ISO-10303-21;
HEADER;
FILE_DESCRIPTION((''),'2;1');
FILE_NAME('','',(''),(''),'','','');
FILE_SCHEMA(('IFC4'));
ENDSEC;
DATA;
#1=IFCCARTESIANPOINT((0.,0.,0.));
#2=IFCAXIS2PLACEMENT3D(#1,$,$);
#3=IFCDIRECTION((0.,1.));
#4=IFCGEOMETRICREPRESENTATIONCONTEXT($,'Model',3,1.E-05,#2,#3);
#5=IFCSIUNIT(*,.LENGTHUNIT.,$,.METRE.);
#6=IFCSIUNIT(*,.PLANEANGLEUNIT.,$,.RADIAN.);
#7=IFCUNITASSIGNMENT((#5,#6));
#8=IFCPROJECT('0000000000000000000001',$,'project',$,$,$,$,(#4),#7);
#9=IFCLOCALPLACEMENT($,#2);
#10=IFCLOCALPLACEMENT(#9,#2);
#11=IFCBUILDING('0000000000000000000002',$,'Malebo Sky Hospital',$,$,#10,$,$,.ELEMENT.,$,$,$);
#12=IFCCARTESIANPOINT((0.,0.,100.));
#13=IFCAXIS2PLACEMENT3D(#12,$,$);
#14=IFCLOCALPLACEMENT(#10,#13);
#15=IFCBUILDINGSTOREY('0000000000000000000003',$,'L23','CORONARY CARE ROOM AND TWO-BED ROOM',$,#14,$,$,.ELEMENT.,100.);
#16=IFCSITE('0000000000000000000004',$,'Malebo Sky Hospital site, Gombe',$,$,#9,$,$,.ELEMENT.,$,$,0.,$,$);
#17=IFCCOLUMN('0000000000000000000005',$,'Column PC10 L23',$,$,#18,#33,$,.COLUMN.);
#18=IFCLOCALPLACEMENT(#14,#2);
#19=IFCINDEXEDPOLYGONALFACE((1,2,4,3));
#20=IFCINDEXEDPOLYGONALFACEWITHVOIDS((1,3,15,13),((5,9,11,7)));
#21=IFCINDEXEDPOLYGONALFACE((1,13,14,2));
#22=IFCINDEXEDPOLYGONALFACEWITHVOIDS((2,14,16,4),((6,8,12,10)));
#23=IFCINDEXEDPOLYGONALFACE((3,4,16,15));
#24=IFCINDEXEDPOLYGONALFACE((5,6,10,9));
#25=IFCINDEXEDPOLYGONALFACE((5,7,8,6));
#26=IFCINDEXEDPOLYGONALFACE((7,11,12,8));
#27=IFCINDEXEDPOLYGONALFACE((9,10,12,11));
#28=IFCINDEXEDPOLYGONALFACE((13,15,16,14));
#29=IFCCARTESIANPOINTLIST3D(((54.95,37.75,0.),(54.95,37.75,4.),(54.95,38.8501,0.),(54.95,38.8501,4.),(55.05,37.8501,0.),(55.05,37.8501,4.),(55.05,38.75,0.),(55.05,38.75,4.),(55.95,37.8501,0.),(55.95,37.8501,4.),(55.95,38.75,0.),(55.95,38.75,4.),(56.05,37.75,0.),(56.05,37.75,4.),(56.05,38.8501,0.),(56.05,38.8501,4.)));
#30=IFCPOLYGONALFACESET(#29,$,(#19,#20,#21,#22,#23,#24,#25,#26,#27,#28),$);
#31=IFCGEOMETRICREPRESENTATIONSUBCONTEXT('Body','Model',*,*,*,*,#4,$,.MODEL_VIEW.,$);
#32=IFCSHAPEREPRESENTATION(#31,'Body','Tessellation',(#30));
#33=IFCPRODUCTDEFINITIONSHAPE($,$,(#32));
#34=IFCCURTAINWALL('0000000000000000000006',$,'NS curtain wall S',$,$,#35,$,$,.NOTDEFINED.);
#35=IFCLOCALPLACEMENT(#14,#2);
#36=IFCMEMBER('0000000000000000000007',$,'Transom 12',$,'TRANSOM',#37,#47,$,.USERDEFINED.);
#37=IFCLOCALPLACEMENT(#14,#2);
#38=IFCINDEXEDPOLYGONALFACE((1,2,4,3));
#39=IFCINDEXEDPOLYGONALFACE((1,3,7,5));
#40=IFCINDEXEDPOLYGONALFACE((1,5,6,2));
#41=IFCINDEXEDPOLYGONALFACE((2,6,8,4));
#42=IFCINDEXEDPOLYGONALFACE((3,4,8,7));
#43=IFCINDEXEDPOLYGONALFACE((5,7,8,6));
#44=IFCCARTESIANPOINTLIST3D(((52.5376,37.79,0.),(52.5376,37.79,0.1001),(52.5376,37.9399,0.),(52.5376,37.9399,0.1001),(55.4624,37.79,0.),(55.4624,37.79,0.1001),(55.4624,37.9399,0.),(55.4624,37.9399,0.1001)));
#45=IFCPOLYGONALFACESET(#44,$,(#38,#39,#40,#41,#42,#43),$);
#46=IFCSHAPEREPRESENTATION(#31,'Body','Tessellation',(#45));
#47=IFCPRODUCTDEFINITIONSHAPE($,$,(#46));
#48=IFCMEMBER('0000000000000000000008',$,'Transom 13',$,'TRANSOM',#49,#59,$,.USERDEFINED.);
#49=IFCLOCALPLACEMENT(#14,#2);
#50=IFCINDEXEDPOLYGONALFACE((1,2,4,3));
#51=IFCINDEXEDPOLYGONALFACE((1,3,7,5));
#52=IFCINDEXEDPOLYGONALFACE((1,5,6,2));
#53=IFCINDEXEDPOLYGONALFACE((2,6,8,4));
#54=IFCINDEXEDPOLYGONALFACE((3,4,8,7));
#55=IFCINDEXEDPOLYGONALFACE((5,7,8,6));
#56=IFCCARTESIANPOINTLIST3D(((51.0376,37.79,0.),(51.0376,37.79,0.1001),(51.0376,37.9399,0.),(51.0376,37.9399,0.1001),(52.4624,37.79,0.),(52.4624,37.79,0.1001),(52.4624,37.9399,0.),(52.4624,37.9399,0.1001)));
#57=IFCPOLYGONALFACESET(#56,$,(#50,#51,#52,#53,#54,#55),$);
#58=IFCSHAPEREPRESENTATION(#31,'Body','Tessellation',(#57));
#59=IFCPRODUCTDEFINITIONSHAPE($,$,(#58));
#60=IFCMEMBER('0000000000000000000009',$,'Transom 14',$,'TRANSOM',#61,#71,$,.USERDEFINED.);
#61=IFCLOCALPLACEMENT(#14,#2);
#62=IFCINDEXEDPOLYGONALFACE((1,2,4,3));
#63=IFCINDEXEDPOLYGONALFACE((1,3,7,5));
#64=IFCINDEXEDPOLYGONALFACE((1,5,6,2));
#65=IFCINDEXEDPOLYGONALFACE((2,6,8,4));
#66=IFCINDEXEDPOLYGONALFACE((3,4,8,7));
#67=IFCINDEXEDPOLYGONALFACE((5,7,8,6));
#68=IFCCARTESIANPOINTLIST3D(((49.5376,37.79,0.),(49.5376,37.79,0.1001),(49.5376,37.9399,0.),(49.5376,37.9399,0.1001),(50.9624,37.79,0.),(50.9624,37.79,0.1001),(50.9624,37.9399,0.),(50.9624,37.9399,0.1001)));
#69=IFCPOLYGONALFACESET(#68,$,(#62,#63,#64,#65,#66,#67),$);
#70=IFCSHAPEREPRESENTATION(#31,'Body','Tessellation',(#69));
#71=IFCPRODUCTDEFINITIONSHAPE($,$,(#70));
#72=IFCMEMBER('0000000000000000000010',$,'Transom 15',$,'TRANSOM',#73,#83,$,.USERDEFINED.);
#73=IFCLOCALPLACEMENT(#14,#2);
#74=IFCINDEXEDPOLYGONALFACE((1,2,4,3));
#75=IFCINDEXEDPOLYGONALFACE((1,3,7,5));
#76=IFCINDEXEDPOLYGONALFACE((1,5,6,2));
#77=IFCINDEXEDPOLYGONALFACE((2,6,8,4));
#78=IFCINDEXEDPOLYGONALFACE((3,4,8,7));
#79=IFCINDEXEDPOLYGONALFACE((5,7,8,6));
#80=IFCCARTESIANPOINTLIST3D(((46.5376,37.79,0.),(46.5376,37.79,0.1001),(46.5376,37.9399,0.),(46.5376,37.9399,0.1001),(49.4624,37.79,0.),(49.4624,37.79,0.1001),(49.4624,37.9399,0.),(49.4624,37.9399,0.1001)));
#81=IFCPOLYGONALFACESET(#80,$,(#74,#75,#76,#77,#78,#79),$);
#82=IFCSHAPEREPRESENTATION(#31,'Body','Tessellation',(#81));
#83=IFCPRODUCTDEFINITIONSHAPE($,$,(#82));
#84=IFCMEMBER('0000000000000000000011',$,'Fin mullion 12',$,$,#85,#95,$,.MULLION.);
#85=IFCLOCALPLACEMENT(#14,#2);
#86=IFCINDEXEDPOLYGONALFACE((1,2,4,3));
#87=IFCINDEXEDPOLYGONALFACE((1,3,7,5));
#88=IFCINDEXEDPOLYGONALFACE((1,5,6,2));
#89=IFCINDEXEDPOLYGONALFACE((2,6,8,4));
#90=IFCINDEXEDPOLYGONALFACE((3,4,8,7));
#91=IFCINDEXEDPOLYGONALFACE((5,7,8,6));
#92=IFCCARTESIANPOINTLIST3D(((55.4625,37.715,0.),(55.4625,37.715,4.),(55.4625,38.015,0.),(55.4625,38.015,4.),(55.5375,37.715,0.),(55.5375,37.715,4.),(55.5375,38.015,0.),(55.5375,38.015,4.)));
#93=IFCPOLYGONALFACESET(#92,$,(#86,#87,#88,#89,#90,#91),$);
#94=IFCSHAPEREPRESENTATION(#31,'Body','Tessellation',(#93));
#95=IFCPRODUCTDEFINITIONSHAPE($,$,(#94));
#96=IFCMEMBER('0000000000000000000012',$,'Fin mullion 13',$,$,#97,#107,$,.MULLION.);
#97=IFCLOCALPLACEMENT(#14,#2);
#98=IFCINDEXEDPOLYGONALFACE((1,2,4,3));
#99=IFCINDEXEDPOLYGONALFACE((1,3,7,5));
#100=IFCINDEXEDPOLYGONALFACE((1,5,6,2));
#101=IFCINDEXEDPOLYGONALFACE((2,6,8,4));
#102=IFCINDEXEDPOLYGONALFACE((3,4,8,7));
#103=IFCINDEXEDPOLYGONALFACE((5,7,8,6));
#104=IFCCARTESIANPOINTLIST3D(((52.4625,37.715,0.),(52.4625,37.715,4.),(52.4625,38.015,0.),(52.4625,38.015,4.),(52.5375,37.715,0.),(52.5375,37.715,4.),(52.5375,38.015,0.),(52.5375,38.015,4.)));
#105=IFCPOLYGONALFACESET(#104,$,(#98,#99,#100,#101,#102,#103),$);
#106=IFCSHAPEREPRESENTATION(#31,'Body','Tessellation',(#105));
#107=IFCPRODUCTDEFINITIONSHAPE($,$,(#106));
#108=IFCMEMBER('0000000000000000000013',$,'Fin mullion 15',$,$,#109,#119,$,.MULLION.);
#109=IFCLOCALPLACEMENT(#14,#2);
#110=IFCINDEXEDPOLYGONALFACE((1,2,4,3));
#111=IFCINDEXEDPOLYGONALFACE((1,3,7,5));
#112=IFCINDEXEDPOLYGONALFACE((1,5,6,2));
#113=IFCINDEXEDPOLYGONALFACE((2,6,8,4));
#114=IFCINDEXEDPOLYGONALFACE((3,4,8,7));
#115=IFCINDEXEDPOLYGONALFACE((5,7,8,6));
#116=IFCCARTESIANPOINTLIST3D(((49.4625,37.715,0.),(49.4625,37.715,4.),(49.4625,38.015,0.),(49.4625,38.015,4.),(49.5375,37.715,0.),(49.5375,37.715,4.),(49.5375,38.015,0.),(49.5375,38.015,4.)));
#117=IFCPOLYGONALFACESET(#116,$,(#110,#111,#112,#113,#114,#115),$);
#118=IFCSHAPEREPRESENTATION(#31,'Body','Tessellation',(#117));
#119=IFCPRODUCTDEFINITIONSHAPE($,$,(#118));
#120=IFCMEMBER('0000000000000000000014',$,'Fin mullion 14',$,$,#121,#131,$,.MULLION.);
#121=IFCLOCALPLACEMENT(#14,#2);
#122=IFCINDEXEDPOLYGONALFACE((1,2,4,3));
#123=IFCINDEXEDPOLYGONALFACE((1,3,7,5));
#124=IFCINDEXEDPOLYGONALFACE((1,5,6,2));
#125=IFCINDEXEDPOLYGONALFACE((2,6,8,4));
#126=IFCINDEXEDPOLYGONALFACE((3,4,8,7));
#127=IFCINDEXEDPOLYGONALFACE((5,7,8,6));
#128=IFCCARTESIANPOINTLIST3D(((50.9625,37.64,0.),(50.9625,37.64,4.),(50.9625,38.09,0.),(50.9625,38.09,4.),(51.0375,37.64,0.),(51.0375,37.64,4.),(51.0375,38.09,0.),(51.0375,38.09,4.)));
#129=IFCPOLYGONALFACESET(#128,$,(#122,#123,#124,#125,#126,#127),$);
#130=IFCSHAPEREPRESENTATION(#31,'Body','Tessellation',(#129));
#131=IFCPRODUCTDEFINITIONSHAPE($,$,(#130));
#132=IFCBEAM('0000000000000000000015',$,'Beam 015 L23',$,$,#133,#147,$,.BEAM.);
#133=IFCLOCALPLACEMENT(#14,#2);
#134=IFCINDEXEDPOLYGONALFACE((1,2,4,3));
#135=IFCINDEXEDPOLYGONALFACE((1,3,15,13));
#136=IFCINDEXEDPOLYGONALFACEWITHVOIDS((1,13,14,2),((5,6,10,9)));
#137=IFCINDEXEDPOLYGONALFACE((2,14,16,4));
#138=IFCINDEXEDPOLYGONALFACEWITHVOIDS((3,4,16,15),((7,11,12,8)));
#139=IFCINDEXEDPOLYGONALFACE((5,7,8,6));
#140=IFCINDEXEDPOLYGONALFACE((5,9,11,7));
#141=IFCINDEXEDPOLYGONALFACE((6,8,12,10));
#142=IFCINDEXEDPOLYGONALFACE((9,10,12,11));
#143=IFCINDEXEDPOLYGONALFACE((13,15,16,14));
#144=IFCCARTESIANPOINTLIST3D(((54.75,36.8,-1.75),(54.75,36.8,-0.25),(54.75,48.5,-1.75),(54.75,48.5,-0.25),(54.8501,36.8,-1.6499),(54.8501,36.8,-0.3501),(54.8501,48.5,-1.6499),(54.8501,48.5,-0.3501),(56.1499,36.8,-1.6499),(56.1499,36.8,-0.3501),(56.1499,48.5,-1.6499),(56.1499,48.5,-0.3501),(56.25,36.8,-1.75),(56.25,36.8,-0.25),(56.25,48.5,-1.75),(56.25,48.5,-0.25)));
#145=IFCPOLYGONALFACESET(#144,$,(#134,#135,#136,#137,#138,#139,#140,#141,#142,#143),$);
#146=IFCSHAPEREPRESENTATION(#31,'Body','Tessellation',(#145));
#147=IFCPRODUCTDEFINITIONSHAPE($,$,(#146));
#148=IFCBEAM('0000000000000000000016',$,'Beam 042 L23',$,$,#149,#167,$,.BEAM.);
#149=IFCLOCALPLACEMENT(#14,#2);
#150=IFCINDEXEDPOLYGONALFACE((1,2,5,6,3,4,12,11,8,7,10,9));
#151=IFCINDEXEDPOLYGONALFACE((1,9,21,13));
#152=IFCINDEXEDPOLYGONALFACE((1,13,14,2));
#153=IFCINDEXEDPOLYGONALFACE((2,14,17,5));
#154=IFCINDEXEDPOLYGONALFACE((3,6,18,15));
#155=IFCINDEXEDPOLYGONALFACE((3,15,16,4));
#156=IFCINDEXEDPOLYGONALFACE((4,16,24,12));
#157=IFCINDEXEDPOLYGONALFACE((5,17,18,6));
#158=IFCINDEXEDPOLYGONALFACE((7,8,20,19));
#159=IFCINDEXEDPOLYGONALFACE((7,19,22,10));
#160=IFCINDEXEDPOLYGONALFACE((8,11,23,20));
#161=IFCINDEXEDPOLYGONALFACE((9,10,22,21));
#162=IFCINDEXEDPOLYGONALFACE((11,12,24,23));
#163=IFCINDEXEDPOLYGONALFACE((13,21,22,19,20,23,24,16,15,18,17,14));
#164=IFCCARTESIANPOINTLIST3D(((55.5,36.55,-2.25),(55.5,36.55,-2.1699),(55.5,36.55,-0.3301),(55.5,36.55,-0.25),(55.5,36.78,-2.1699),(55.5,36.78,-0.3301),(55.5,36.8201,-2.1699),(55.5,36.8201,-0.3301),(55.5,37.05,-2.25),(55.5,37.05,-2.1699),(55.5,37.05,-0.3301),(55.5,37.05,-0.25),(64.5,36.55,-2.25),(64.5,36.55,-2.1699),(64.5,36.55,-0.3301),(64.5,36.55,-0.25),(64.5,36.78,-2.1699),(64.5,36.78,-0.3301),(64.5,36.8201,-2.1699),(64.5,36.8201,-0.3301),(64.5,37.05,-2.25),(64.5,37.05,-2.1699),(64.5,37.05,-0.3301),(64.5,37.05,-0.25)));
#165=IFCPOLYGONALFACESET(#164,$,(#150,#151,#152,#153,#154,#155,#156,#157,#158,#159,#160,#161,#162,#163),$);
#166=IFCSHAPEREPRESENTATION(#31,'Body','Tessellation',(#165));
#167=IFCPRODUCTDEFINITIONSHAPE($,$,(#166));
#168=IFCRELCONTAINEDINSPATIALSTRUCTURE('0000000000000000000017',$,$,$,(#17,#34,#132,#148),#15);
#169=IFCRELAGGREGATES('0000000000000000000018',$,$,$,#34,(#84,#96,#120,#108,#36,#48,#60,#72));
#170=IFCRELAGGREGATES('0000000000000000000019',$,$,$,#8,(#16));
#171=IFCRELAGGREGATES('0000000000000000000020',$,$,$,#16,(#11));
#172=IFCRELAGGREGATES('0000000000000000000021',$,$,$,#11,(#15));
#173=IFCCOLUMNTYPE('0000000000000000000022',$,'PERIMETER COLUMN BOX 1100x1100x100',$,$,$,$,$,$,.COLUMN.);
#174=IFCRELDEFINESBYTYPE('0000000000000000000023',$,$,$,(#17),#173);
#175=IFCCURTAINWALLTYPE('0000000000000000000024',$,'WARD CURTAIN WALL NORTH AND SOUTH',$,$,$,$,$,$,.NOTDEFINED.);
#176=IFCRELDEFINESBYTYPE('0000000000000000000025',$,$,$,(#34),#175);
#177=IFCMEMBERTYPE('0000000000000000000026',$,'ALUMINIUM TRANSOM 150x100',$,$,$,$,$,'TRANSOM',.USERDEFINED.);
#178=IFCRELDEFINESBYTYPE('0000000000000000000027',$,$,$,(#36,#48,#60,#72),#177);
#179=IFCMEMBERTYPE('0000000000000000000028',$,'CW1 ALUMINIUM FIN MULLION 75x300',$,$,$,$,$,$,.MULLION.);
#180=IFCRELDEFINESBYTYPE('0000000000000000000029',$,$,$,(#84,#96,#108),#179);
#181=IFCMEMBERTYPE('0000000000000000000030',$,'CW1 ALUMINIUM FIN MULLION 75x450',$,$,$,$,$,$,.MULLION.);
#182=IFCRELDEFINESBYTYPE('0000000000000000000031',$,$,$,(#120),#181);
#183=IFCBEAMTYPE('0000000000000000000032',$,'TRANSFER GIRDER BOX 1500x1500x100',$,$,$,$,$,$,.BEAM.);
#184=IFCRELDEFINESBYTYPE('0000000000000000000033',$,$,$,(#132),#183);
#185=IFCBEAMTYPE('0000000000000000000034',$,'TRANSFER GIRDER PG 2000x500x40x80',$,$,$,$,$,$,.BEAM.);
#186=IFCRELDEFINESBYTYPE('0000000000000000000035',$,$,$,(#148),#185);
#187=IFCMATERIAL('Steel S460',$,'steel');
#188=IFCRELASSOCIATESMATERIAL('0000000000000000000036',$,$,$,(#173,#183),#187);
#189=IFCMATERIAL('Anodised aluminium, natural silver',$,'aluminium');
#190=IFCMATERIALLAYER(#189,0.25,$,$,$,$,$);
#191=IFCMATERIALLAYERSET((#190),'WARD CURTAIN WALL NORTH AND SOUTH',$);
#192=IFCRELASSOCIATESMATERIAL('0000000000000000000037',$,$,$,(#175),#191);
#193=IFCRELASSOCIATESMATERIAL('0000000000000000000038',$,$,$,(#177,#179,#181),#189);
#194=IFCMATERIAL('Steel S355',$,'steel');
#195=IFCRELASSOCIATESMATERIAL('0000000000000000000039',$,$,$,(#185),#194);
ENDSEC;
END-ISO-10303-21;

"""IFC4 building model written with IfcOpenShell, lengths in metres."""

from ifc_helpers import new_model, si_unit, direction, frame, origin, origin_2d, place, context, subcontext, project, spatial, rectangle, hollow_rectangle, i_section, extrude, material, layer, layer_set, material_profile, profile_set, type_object, element, aggregate, save


model = new_model("IFC4")

# Units and contexts
model_context = context("Model", 3, precision=1e-05, world=origin(), true_north=direction((0.0, 1.0)))
body_context = subcontext(model_context, "Body", "Model", "MODEL_VIEW")
ifc_project = project(units=[si_unit("LENGTHUNIT", "METRE"), si_unit("PLANEANGLEUNIT", "RADIAN")], contexts=[model_context])

# Site, building, storey
site_placement = place(None, origin())
site = spatial("IfcSite", under=ifc_project, at=site_placement, Name="Malebo Sky Hospital site, Gombe", CompositionType="ELEMENT", RefElevation=0.0)
building_placement = place(site_placement, origin())
building = spatial("IfcBuilding", under=site, at=building_placement, Name="Malebo Sky Hospital", CompositionType="ELEMENT")
storey_placement = place(building_placement, frame((0.0, 0.0, 100.0)))
storey = spatial("IfcBuildingStorey", under=building, at=storey_placement, Name="L23", Description="CORONARY CARE ROOM AND TWO-BED ROOM", CompositionType="ELEMENT", Elevation=100.0)

# Column
ifc_material_1 = material(Name="Steel S460", Category="steel")
ifc_material_profile_1 = material_profile(ifc_material_1, hollow_rectangle(XDim=1.1001, YDim=1.1001, WallThickness=0.1001, at=origin_2d()), Name="BOX 1100x1100x100")
ifc_profile_set_1 = profile_set([ifc_material_profile_1], Name="Steel S460")
column_type = type_object("IfcColumnType", Name="PERIMETER COLUMN BOX 1100x1100x100", PredefinedType="COLUMN", material=ifc_profile_set_1)
column_placement = place(storey_placement, frame((55.5, 38.3, 0.0), z_axis=(0.0, 0.0, 1.0), x_axis=(1.0, 0.0, 0.0)))
element("IfcColumn", 1, at=column_placement, inside=storey, type_object=column_type, Name="Column PC10 L23", PredefinedType="COLUMN", context=body_context, shape_type="SweptSolid", body=[
    extrude(hollow_rectangle(XDim=1.1001, YDim=1.1001, WallThickness=0.1001, at=origin_2d()), origin(), (0.0, 0.0, 1.0), 4.0),
])

# Curtain wall, members
ifc_material_2 = material(Name="Anodised aluminium, natural silver", Category="aluminium")
ifc_layer_1 = layer(ifc_material_2, 0.25)
ifc_layer_set_1 = layer_set([ifc_layer_1], Name="WARD CURTAIN WALL NORTH AND SOUTH")
curtain_wall_type = type_object("IfcCurtainWallType", Name="WARD CURTAIN WALL NORTH AND SOUTH", PredefinedType="NOTDEFINED", material=ifc_layer_set_1)
curtain_wall_placement = place(storey_placement, origin())
curtain_wall = element("IfcCurtainWall", 2, at=curtain_wall_placement, inside=storey, type_object=curtain_wall_type, Name="NS curtain wall S", PredefinedType="NOTDEFINED")
ifc_material_profile_2 = material_profile(ifc_material_2, rectangle(XDim=0.1499, YDim=0.1001, at=origin_2d()), Name="ALUMINIUM TRANSOM 150x100")
ifc_profile_set_2 = profile_set([ifc_material_profile_2], Name="Anodised aluminium, natural silver")
member_type_1 = type_object("IfcMemberType", Name="ALUMINIUM TRANSOM 150x100", ElementType="TRANSOM", PredefinedType="USERDEFINED", material=ifc_profile_set_2)
member_1_placement = place(storey_placement, frame((55.4624, 37.865, 0.05), z_axis=(-1.0, 0.0, 0.0), x_axis=(0.0, -1.0, 0.0)))
member_1 = element("IfcMember", 3, at=member_1_placement, type_object=member_type_1, Name="Transom 12", ObjectType="TRANSOM", PredefinedType="USERDEFINED", context=body_context, shape_type="SweptSolid", body=[
    extrude(rectangle(XDim=0.1499, YDim=0.1001, at=origin_2d()), origin(), (0.0, 0.0, 1.0), 2.9248),
])
member_2_placement = place(storey_placement, frame((52.4624, 37.865, 0.05), z_axis=(-1.0, 0.0, 0.0), x_axis=(0.0, -1.0, 0.0)))
member_2 = element("IfcMember", 4, at=member_2_placement, type_object=member_type_1, Name="Transom 13", ObjectType="TRANSOM", PredefinedType="USERDEFINED", context=body_context, shape_type="SweptSolid", body=[
    extrude(rectangle(XDim=0.1499, YDim=0.1001, at=origin_2d()), origin(), (0.0, 0.0, 1.0), 1.4248),
])
member_3_placement = place(storey_placement, frame((50.9624, 37.865, 0.05), z_axis=(-1.0, 0.0, 0.0), x_axis=(0.0, -1.0, 0.0)))
member_3 = element("IfcMember", 5, at=member_3_placement, type_object=member_type_1, Name="Transom 14", ObjectType="TRANSOM", PredefinedType="USERDEFINED", context=body_context, shape_type="SweptSolid", body=[
    extrude(rectangle(XDim=0.1499, YDim=0.1001, at=origin_2d()), origin(), (0.0, 0.0, 1.0), 1.4248),
])
member_4_placement = place(storey_placement, frame((49.4624, 37.865, 0.05), z_axis=(-1.0, 0.0, 0.0), x_axis=(0.0, -1.0, 0.0)))
member_4 = element("IfcMember", 6, at=member_4_placement, type_object=member_type_1, Name="Transom 15", ObjectType="TRANSOM", PredefinedType="USERDEFINED", context=body_context, shape_type="SweptSolid", body=[
    extrude(rectangle(XDim=0.1499, YDim=0.1001, at=origin_2d()), origin(), (0.0, 0.0, 1.0), 2.9248),
])
ifc_material_profile_3 = material_profile(ifc_material_2, rectangle(XDim=0.075, YDim=0.3, at=origin_2d()), Name="CW1 ALUMINIUM FIN MULLION 75x300")
ifc_profile_set_3 = profile_set([ifc_material_profile_3], Name="Anodised aluminium, natural silver")
member_type_2 = type_object("IfcMemberType", Name="CW1 ALUMINIUM FIN MULLION 75x300", PredefinedType="MULLION", material=ifc_profile_set_3)
member_5_placement = place(storey_placement, frame((55.5, 37.865, 0.0), z_axis=(0.0, 0.0, 1.0), x_axis=(-1.0, 0.0, 0.0)))
member_5 = element("IfcMember", 7, at=member_5_placement, type_object=member_type_2, Name="Fin mullion 12", PredefinedType="MULLION", context=body_context, shape_type="SweptSolid", body=[
    extrude(rectangle(XDim=0.075, YDim=0.3, at=origin_2d()), origin(), (0.0, 0.0, 1.0), 4.0),
])
member_6_placement = place(storey_placement, frame((52.5, 37.865, 0.0), z_axis=(0.0, 0.0, 1.0), x_axis=(-1.0, 0.0, 0.0)))
member_6 = element("IfcMember", 8, at=member_6_placement, type_object=member_type_2, Name="Fin mullion 13", PredefinedType="MULLION", context=body_context, shape_type="SweptSolid", body=[
    extrude(rectangle(XDim=0.075, YDim=0.3, at=origin_2d()), origin(), (0.0, 0.0, 1.0), 4.0),
])
member_7_placement = place(storey_placement, frame((49.5, 37.865, 0.0), z_axis=(0.0, 0.0, 1.0), x_axis=(-1.0, 0.0, 0.0)))
member_7 = element("IfcMember", 9, at=member_7_placement, type_object=member_type_2, Name="Fin mullion 15", PredefinedType="MULLION", context=body_context, shape_type="SweptSolid", body=[
    extrude(rectangle(XDim=0.075, YDim=0.3, at=origin_2d()), origin(), (0.0, 0.0, 1.0), 4.0),
])
ifc_material_profile_4 = material_profile(ifc_material_2, rectangle(XDim=0.075, YDim=0.45, at=origin_2d()), Name="CW1 ALUMINIUM FIN MULLION 75x450")
ifc_profile_set_4 = profile_set([ifc_material_profile_4], Name="Anodised aluminium, natural silver")
member_type_3 = type_object("IfcMemberType", Name="CW1 ALUMINIUM FIN MULLION 75x450", PredefinedType="MULLION", material=ifc_profile_set_4)
member_8_placement = place(storey_placement, frame((51.0, 37.865, 0.0), z_axis=(0.0, 0.0, 1.0), x_axis=(-1.0, 0.0, 0.0)))
member_8 = element("IfcMember", 10, at=member_8_placement, type_object=member_type_3, Name="Fin mullion 14", PredefinedType="MULLION", context=body_context, shape_type="SweptSolid", body=[
    extrude(rectangle(XDim=0.075, YDim=0.45, at=origin_2d()), origin(), (0.0, 0.0, 1.0), 4.0),
])

# Beams
ifc_material_profile_5 = material_profile(ifc_material_1, hollow_rectangle(XDim=1.5, YDim=1.5, WallThickness=0.1001, at=origin_2d()), Name="BOX 1500x1500x100")
ifc_profile_set_5 = profile_set([ifc_material_profile_5], Name="Steel S460")
beam_type_1 = type_object("IfcBeamType", Name="TRANSFER GIRDER BOX 1500x1500x100", PredefinedType="BEAM", material=ifc_profile_set_5)
beam_1_placement = place(storey_placement, frame((55.5, 36.8, -1.0), z_axis=(0.0, 1.0, 0.0), x_axis=(-1.0, 0.0, 0.0)))
element("IfcBeam", 11, at=beam_1_placement, inside=storey, type_object=beam_type_1, Name="Beam 015 L23", PredefinedType="BEAM", context=body_context, shape_type="SweptSolid", body=[
    extrude(hollow_rectangle(XDim=1.5, YDim=1.5, WallThickness=0.1001, at=origin_2d()), origin(), (0.0, 0.0, 1.0), 11.7),
])
ifc_material_3 = material(Name="Steel S355", Category="steel")
ifc_material_profile_6 = material_profile(ifc_material_3, i_section(OverallWidth=0.5, OverallDepth=2.0, WebThickness=0.04, FlangeThickness=0.0801, at=origin_2d()), Name="PG 2000x500x40x80")
ifc_profile_set_6 = profile_set([ifc_material_profile_6], Name="Steel S355")
beam_type_2 = type_object("IfcBeamType", Name="TRANSFER GIRDER PG 2000x500x40x80", PredefinedType="BEAM", material=ifc_profile_set_6)
beam_2_placement = place(storey_placement, frame((55.5, 36.8, -1.25), z_axis=(1.0, 0.0, 0.0), x_axis=(0.0, 1.0, 0.0)))
element("IfcBeam", 12, at=beam_2_placement, inside=storey, type_object=beam_type_2, Name="Beam 042 L23", PredefinedType="BEAM", context=body_context, shape_type="SweptSolid", body=[
    extrude(i_section(OverallWidth=0.5, OverallDepth=2.0, WebThickness=0.04, FlangeThickness=0.0801, at=origin_2d()), origin(), (0.0, 0.0, 1.0), 9.0),
])

aggregate(curtain_wall, [member_5, member_6, member_8, member_7, member_1, member_2, member_3, member_4])

save(model, "model.ifc")
